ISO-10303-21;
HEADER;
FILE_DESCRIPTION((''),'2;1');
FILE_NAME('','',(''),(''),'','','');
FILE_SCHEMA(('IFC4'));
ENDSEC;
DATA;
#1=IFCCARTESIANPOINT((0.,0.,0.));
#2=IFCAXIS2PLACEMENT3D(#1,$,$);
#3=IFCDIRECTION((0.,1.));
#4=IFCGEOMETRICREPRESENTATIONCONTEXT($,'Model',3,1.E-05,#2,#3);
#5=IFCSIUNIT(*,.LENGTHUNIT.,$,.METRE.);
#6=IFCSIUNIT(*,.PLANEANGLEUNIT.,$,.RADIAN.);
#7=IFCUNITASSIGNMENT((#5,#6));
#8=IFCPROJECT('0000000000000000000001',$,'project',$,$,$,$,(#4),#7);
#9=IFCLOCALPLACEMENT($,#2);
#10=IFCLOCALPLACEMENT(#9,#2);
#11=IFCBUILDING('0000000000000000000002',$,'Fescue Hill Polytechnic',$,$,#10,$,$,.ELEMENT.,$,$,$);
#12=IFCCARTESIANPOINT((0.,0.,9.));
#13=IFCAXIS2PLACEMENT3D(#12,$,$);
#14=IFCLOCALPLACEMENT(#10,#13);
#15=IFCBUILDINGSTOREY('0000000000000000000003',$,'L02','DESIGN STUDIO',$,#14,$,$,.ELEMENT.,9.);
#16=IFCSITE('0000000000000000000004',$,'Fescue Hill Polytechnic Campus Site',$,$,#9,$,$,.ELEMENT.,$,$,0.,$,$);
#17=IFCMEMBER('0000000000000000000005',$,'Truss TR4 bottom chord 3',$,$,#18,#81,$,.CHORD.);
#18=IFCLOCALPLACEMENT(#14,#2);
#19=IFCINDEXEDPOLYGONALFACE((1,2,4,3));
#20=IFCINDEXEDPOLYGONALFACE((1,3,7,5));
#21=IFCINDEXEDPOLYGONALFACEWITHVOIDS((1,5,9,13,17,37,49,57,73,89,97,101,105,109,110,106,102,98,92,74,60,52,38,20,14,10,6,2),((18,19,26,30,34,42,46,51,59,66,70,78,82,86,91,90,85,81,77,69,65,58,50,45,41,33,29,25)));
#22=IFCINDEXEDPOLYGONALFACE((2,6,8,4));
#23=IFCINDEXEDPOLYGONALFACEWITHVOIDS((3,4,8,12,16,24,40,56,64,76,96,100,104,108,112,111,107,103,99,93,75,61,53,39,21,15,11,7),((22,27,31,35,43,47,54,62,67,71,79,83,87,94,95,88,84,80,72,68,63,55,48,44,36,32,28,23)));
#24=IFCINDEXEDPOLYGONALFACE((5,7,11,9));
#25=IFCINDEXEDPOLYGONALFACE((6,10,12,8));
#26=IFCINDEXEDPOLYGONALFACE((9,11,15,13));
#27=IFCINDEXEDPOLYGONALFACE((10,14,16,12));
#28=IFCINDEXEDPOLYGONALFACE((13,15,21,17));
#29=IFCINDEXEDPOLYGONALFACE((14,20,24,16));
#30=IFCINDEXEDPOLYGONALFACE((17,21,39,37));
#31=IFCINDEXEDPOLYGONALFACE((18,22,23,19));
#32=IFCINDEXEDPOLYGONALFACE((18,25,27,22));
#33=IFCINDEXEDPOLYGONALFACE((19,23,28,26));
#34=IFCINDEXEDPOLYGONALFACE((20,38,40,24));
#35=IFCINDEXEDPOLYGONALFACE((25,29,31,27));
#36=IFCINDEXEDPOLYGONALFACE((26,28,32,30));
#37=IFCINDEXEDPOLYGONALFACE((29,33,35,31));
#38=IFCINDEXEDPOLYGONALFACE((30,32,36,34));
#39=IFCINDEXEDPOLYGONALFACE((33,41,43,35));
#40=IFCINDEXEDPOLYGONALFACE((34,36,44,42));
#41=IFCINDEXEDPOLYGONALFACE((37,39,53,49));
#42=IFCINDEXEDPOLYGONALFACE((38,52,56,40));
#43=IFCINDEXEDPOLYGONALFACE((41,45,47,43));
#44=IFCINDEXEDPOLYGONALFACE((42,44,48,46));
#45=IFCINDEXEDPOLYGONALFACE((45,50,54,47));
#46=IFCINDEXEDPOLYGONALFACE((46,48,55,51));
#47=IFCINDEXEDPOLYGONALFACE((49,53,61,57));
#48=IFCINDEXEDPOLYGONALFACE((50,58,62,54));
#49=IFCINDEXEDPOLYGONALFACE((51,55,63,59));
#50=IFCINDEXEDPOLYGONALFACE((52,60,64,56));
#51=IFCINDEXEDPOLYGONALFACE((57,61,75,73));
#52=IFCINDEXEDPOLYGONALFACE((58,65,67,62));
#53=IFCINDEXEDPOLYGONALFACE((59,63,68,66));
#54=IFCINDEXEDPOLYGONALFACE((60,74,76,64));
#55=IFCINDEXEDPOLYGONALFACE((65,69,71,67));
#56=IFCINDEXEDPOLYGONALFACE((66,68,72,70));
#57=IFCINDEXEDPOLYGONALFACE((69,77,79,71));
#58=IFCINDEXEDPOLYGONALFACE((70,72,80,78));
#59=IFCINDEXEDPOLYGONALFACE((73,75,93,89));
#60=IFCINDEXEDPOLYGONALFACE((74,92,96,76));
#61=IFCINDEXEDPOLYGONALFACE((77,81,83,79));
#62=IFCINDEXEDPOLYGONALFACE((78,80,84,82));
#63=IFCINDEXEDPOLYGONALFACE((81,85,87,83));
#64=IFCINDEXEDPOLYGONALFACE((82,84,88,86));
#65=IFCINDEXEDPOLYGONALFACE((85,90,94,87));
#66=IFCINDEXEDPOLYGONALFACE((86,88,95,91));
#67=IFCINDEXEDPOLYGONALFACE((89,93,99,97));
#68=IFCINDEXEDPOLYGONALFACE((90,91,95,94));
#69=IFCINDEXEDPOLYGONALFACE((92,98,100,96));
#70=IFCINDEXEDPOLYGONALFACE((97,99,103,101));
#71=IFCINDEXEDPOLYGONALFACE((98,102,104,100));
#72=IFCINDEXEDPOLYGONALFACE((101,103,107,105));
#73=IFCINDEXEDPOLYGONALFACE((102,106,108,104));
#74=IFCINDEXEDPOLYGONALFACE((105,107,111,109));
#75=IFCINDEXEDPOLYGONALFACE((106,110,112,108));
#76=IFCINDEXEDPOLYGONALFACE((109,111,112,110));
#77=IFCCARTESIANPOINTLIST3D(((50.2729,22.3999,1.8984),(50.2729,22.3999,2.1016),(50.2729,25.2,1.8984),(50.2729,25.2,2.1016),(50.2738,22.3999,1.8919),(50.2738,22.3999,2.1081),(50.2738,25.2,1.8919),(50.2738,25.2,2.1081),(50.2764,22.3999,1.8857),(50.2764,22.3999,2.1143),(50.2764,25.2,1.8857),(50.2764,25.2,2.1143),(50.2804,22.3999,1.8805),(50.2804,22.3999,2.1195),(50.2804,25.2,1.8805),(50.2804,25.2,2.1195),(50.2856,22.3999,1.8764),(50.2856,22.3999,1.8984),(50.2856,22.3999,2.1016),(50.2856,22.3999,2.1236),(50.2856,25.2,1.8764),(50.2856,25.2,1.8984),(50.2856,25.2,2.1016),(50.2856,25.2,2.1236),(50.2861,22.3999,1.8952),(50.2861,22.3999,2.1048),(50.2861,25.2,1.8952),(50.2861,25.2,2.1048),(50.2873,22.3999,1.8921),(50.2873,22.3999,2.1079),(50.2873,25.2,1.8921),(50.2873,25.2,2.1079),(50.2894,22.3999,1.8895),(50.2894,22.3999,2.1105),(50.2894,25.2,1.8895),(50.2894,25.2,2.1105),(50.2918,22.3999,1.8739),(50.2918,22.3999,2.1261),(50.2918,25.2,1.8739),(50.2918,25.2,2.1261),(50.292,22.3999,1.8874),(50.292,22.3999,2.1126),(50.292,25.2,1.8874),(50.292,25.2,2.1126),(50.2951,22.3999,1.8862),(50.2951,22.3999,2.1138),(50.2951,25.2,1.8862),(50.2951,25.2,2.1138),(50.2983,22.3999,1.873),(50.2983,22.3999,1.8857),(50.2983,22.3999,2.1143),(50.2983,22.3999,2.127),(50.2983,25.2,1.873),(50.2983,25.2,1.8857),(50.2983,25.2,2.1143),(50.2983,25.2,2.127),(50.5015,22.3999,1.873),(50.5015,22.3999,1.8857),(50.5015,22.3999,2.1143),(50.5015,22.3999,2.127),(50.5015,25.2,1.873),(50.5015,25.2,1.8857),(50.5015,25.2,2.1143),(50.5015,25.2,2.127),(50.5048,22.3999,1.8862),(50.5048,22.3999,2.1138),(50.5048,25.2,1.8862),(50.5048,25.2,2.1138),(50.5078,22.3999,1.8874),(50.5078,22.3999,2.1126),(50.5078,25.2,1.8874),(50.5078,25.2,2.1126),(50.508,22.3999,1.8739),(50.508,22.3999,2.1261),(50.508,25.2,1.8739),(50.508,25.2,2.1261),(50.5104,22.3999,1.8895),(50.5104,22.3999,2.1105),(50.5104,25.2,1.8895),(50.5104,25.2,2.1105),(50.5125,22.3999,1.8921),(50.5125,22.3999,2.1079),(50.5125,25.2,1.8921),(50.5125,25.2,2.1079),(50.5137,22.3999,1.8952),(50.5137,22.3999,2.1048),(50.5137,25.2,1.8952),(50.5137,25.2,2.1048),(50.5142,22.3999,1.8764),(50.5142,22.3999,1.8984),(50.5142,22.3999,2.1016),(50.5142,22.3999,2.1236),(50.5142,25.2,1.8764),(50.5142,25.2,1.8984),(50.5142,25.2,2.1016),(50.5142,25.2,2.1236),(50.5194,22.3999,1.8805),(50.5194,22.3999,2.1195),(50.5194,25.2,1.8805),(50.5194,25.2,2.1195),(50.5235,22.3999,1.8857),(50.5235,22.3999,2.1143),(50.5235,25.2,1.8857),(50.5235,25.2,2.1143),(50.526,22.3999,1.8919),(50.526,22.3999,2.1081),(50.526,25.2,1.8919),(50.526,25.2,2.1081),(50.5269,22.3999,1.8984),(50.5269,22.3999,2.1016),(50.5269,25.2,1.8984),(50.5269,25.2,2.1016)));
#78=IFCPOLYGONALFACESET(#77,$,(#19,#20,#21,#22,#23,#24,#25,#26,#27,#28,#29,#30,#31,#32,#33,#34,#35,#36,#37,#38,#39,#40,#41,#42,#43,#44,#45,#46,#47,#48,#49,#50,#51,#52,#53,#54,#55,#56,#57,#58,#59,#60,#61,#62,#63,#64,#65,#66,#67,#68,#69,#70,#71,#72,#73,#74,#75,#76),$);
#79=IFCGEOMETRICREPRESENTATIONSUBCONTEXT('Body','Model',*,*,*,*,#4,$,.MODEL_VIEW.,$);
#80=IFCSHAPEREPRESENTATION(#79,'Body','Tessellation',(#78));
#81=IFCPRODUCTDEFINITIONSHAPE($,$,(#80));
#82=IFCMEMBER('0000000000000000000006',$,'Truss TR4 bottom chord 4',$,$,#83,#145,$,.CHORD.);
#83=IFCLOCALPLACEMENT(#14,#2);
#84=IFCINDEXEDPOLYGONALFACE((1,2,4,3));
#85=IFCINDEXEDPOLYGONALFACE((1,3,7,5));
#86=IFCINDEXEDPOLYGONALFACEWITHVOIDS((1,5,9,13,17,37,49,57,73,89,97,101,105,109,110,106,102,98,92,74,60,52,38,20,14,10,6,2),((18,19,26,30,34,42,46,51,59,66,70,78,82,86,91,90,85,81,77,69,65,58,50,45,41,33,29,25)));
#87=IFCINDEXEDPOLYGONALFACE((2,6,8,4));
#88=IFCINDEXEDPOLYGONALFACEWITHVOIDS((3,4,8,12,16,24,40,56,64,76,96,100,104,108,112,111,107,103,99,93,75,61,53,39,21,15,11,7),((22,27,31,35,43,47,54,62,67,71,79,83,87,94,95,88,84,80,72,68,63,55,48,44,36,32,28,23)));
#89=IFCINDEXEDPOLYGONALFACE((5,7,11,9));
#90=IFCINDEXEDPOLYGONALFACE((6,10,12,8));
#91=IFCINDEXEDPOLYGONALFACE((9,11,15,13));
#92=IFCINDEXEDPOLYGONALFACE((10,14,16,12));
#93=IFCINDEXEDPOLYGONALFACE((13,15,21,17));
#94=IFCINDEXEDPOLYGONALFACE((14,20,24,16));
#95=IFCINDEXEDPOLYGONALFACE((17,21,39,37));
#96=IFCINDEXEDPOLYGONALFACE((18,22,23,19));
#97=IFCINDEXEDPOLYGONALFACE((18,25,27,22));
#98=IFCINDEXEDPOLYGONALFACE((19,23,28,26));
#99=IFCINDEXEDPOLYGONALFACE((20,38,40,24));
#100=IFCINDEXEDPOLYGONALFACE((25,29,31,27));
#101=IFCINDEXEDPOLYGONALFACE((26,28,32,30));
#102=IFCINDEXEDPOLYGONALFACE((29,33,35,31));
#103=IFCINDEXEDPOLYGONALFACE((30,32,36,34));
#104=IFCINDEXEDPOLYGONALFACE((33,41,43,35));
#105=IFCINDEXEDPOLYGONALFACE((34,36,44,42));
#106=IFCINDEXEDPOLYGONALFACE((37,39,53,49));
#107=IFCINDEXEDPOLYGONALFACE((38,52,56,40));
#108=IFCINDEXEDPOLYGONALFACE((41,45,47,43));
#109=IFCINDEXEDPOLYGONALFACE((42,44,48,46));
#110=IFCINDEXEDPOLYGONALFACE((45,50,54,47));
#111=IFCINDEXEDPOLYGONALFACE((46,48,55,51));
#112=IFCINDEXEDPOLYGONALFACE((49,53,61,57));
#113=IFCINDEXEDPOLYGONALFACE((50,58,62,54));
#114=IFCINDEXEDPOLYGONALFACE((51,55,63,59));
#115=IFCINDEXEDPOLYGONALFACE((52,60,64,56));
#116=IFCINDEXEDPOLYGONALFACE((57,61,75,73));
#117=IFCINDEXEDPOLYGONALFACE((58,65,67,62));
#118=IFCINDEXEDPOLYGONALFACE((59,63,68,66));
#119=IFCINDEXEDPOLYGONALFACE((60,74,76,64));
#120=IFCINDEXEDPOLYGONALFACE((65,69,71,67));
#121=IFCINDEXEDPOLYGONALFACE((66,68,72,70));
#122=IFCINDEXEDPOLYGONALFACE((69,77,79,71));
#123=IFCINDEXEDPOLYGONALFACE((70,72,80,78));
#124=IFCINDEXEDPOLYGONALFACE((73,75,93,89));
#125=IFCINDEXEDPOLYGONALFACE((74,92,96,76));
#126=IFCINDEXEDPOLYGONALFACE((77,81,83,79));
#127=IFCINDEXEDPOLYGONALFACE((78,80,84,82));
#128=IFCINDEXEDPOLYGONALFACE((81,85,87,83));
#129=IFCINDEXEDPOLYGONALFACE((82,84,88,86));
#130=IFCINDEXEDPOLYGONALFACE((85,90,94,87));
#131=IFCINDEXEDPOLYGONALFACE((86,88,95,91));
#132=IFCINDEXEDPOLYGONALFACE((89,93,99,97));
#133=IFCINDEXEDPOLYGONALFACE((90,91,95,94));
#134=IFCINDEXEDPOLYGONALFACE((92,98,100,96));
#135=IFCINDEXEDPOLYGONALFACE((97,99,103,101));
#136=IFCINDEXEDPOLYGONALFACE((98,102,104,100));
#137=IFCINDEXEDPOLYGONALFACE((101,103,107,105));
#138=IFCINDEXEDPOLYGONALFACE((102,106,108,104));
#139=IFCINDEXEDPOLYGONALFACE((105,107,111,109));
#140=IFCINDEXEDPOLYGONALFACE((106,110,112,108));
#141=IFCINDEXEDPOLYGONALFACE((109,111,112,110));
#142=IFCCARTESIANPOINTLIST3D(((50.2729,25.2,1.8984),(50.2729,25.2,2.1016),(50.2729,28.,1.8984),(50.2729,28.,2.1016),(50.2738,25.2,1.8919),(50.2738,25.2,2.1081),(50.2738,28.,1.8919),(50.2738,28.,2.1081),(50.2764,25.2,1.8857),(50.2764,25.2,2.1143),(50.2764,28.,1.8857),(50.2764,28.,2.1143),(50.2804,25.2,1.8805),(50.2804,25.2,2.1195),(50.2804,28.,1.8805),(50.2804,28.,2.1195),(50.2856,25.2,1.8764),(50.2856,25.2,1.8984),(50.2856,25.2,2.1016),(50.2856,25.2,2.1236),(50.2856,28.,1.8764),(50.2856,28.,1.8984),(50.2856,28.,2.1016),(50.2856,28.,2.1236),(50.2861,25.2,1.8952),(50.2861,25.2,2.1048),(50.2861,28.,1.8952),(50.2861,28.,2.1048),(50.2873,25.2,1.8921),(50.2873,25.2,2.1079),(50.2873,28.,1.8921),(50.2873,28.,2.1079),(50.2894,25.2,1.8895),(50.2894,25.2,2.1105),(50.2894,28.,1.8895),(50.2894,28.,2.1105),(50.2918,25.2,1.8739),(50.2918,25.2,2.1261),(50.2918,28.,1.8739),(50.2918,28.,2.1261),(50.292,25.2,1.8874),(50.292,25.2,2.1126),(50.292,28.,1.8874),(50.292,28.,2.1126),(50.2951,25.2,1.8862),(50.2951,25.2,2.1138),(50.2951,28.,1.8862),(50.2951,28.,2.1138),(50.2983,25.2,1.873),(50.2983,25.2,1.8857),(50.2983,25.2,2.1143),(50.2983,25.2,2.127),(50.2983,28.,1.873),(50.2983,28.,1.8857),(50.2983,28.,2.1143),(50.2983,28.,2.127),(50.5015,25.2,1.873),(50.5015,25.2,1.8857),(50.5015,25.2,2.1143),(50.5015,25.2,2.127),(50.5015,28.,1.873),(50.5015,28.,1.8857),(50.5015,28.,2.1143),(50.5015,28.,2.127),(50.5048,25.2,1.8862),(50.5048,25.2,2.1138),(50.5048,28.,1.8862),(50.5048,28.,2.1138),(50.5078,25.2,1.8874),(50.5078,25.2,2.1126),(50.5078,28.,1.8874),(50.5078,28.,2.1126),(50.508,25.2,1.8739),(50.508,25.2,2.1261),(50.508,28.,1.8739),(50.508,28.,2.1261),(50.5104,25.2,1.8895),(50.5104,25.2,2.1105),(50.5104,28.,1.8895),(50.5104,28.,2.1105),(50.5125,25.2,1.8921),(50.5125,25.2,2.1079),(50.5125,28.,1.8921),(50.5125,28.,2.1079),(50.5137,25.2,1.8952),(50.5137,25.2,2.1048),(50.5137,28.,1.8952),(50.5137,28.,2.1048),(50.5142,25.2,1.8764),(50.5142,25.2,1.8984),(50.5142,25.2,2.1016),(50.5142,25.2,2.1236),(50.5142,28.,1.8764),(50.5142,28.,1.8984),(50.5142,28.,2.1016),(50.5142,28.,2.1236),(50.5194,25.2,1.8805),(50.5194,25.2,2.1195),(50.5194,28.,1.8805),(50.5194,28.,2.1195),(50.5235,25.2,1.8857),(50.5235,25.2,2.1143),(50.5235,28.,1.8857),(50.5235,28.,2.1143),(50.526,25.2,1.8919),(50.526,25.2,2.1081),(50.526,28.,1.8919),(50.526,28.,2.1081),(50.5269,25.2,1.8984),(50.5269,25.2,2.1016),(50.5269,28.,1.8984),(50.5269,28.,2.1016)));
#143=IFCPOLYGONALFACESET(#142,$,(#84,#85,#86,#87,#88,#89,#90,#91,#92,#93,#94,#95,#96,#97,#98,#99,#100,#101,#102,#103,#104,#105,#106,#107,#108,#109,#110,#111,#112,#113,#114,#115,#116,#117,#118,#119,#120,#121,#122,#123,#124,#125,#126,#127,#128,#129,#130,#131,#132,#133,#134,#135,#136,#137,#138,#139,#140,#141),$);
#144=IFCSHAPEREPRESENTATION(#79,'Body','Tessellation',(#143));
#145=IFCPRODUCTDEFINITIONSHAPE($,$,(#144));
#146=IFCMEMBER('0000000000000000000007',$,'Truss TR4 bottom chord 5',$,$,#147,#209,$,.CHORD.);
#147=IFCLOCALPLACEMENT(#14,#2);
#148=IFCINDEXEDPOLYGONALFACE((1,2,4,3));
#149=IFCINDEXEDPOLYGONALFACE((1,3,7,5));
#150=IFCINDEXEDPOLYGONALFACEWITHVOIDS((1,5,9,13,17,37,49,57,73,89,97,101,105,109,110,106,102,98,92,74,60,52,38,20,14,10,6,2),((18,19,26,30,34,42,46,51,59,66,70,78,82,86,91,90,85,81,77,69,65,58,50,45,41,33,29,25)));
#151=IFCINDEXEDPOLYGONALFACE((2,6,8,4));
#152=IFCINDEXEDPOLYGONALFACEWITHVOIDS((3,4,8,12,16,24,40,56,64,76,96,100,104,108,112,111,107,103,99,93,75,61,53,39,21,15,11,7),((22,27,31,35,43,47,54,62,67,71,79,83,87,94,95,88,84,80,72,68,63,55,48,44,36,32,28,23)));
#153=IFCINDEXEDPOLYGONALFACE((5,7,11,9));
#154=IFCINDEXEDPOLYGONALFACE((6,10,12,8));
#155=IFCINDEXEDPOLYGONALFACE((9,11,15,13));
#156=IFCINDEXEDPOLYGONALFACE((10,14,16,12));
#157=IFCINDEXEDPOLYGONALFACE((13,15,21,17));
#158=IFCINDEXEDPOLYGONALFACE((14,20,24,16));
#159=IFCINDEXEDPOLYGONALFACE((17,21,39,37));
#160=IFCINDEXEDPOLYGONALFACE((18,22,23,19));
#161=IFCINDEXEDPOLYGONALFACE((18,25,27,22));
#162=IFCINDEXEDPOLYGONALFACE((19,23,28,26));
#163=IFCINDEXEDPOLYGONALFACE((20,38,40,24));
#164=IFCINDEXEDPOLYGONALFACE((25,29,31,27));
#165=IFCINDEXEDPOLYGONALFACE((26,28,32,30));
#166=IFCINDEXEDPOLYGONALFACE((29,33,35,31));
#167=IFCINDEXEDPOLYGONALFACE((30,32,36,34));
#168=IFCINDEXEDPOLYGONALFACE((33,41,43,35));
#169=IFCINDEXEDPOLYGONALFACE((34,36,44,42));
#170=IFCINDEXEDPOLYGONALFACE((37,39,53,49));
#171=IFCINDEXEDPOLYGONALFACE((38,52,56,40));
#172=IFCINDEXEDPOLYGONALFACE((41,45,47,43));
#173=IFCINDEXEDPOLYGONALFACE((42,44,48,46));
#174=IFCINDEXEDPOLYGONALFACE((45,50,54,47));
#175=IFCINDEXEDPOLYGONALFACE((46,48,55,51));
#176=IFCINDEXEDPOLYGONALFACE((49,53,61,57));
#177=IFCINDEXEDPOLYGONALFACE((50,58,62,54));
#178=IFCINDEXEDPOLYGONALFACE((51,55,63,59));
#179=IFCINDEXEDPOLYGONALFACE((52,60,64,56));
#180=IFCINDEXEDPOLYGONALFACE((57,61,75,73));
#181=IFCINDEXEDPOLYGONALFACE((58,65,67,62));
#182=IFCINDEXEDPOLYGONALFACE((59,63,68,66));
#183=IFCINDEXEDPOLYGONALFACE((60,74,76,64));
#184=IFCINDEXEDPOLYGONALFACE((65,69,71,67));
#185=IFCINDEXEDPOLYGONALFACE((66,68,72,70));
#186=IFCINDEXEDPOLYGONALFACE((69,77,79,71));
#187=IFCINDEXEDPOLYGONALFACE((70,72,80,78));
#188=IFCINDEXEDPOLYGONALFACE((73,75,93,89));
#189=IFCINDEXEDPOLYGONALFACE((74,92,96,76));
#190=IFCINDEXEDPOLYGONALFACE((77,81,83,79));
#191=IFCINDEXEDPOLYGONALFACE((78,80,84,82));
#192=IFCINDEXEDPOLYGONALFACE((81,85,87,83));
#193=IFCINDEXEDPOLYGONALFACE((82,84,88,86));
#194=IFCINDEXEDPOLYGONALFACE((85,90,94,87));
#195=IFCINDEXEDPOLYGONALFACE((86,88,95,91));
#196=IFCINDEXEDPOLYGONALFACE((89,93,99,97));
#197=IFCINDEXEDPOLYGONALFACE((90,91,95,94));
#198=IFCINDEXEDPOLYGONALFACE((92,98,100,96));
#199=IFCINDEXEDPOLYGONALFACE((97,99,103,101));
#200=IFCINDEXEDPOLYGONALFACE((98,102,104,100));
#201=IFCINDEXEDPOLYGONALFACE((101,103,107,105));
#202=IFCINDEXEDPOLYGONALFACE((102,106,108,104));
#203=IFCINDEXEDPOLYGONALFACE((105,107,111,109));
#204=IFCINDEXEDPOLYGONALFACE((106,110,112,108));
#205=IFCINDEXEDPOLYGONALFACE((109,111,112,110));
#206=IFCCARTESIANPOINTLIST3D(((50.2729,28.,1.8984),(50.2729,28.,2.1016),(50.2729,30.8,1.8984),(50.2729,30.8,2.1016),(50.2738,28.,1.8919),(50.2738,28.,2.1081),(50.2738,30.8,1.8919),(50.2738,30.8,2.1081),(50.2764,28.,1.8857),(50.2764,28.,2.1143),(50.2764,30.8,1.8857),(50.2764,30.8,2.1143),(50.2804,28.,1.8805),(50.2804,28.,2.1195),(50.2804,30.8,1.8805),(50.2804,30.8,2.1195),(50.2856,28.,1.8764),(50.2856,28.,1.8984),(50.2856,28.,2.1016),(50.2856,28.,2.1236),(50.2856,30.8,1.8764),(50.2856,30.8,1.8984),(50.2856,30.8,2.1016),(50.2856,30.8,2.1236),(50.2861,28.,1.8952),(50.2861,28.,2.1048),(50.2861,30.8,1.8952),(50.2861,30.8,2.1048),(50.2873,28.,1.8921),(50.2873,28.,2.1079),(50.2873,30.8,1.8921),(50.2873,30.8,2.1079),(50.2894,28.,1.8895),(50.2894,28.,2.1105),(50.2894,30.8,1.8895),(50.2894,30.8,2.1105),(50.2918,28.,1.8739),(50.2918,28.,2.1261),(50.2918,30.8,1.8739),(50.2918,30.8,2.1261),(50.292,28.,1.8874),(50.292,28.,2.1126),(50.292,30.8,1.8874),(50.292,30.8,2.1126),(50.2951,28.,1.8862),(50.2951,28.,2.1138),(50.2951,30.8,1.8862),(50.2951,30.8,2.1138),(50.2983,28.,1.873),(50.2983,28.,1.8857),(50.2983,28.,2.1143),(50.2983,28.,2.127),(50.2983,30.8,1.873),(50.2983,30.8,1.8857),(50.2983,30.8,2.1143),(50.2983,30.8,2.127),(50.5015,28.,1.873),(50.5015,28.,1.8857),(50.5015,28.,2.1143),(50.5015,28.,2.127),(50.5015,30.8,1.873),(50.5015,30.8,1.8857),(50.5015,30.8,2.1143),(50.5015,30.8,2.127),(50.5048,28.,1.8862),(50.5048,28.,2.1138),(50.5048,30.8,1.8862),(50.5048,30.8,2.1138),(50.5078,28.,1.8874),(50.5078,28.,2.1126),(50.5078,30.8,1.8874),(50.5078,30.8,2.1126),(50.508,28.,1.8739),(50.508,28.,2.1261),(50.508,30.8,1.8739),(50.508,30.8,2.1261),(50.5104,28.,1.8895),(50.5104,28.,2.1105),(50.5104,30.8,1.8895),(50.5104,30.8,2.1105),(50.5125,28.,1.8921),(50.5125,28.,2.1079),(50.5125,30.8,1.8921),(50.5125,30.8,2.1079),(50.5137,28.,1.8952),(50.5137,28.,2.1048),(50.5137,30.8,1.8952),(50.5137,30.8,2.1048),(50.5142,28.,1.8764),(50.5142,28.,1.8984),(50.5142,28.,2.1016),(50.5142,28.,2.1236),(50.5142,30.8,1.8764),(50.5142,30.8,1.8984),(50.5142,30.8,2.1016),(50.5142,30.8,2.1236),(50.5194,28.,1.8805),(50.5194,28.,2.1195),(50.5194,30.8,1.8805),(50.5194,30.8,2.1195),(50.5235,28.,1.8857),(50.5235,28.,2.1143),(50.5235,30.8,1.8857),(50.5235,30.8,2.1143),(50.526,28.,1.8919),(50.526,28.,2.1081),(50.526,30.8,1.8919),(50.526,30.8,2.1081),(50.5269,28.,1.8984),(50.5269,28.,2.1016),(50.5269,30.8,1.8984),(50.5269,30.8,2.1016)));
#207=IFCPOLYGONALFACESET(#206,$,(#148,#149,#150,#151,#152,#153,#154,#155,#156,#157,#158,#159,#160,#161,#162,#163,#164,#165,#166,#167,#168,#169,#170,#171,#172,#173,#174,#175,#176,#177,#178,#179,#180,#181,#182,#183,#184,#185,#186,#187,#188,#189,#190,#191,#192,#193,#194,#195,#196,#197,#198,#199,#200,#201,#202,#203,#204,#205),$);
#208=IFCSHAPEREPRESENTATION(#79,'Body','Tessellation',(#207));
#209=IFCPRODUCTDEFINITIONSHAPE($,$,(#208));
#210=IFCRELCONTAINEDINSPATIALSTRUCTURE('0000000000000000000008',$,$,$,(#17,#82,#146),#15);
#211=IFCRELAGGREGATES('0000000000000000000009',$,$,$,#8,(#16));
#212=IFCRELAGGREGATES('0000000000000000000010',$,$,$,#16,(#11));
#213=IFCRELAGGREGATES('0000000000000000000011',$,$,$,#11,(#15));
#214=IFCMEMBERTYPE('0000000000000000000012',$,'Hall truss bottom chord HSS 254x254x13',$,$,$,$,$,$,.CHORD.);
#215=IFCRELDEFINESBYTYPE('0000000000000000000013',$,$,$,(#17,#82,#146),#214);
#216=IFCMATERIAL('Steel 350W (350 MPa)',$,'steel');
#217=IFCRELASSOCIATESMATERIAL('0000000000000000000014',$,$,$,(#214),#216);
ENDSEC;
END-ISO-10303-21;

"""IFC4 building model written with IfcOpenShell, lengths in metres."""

from ifc_helpers import new_model, si_unit, direction, frame, origin, origin_2d, place, context, subcontext, project, spatial, hollow_rectangle, extrude, material, material_profile, profile_set, type_object, element, save


model = new_model("IFC4")

# Units and contexts
model_context = context("Model", 3, precision=1e-05, world=origin(), true_north=direction((0.0, 1.0)))
body_context = subcontext(model_context, "Body", "Model", "MODEL_VIEW")
ifc_project = project(units=[si_unit("LENGTHUNIT", "METRE"), si_unit("PLANEANGLEUNIT", "RADIAN")], contexts=[model_context])

# Site, building, storey
site_placement = place(None, origin())
site = spatial("IfcSite", under=ifc_project, at=site_placement, Name="Fescue Hill Polytechnic Campus Site", CompositionType="ELEMENT", RefElevation=0.0)
building_placement = place(site_placement, origin())
building = spatial("IfcBuilding", under=site, at=building_placement, Name="Fescue Hill Polytechnic", CompositionType="ELEMENT")
storey_placement = place(building_placement, frame((0.0, 0.0, 9.0)))
storey = spatial("IfcBuildingStorey", under=building, at=storey_placement, Name="L02", Description="DESIGN STUDIO", CompositionType="ELEMENT", Elevation=9.0)

# Members
ifc_material = material(Name="Steel 350W (350 MPa)", Category="steel")
ifc_material_profile_1 = material_profile(ifc_material, hollow_rectangle(XDim=0.2539, YDim=0.2539, WallThickness=0.0127, InnerFilletRadius=0.0127, OuterFilletRadius=0.0254, at=origin_2d()), Name="Hall truss bottom chord HSS 254x254x13")
ifc_profile_set_1 = profile_set([ifc_material_profile_1], Name="Steel 350W (350 MPa)")
member_type_1 = type_object("IfcMemberType", Name="Hall truss bottom chord HSS 254x254x13", PredefinedType="CHORD", material=ifc_profile_set_1)
for number, where, z_axis, x_axis, name in (
    (1, (50.3999, 22.3999, 2.0), (0.0, 1.0, 0.0), (-1.0, 0.0, 0.0), "Truss TR4 bottom chord 3"),
    (2, (50.3999, 25.2, 2.0), (0.0, 1.0, 0.0), (-1.0, 0.0, 0.0), "Truss TR4 bottom chord 4"),
    (3, (50.3999, 28.0, 2.0), (0.0, 1.0, 0.0), (-1.0, 0.0, 0.0), "Truss TR4 bottom chord 5"),
):
    element("IfcMember", number, at=place(storey_placement, frame(where, z_axis=z_axis, x_axis=x_axis)), inside=storey, type_object=member_type_1, Name=name, PredefinedType="CHORD", context=body_context, shape_type="SweptSolid", body=[
        extrude(hollow_rectangle(XDim=0.2539, YDim=0.2539, WallThickness=0.0127, InnerFilletRadius=0.0127, OuterFilletRadius=0.0254, at=origin_2d()), origin(), (0.0, 0.0, 1.0), 2.8),
    ])

save(model, "model.ifc")
